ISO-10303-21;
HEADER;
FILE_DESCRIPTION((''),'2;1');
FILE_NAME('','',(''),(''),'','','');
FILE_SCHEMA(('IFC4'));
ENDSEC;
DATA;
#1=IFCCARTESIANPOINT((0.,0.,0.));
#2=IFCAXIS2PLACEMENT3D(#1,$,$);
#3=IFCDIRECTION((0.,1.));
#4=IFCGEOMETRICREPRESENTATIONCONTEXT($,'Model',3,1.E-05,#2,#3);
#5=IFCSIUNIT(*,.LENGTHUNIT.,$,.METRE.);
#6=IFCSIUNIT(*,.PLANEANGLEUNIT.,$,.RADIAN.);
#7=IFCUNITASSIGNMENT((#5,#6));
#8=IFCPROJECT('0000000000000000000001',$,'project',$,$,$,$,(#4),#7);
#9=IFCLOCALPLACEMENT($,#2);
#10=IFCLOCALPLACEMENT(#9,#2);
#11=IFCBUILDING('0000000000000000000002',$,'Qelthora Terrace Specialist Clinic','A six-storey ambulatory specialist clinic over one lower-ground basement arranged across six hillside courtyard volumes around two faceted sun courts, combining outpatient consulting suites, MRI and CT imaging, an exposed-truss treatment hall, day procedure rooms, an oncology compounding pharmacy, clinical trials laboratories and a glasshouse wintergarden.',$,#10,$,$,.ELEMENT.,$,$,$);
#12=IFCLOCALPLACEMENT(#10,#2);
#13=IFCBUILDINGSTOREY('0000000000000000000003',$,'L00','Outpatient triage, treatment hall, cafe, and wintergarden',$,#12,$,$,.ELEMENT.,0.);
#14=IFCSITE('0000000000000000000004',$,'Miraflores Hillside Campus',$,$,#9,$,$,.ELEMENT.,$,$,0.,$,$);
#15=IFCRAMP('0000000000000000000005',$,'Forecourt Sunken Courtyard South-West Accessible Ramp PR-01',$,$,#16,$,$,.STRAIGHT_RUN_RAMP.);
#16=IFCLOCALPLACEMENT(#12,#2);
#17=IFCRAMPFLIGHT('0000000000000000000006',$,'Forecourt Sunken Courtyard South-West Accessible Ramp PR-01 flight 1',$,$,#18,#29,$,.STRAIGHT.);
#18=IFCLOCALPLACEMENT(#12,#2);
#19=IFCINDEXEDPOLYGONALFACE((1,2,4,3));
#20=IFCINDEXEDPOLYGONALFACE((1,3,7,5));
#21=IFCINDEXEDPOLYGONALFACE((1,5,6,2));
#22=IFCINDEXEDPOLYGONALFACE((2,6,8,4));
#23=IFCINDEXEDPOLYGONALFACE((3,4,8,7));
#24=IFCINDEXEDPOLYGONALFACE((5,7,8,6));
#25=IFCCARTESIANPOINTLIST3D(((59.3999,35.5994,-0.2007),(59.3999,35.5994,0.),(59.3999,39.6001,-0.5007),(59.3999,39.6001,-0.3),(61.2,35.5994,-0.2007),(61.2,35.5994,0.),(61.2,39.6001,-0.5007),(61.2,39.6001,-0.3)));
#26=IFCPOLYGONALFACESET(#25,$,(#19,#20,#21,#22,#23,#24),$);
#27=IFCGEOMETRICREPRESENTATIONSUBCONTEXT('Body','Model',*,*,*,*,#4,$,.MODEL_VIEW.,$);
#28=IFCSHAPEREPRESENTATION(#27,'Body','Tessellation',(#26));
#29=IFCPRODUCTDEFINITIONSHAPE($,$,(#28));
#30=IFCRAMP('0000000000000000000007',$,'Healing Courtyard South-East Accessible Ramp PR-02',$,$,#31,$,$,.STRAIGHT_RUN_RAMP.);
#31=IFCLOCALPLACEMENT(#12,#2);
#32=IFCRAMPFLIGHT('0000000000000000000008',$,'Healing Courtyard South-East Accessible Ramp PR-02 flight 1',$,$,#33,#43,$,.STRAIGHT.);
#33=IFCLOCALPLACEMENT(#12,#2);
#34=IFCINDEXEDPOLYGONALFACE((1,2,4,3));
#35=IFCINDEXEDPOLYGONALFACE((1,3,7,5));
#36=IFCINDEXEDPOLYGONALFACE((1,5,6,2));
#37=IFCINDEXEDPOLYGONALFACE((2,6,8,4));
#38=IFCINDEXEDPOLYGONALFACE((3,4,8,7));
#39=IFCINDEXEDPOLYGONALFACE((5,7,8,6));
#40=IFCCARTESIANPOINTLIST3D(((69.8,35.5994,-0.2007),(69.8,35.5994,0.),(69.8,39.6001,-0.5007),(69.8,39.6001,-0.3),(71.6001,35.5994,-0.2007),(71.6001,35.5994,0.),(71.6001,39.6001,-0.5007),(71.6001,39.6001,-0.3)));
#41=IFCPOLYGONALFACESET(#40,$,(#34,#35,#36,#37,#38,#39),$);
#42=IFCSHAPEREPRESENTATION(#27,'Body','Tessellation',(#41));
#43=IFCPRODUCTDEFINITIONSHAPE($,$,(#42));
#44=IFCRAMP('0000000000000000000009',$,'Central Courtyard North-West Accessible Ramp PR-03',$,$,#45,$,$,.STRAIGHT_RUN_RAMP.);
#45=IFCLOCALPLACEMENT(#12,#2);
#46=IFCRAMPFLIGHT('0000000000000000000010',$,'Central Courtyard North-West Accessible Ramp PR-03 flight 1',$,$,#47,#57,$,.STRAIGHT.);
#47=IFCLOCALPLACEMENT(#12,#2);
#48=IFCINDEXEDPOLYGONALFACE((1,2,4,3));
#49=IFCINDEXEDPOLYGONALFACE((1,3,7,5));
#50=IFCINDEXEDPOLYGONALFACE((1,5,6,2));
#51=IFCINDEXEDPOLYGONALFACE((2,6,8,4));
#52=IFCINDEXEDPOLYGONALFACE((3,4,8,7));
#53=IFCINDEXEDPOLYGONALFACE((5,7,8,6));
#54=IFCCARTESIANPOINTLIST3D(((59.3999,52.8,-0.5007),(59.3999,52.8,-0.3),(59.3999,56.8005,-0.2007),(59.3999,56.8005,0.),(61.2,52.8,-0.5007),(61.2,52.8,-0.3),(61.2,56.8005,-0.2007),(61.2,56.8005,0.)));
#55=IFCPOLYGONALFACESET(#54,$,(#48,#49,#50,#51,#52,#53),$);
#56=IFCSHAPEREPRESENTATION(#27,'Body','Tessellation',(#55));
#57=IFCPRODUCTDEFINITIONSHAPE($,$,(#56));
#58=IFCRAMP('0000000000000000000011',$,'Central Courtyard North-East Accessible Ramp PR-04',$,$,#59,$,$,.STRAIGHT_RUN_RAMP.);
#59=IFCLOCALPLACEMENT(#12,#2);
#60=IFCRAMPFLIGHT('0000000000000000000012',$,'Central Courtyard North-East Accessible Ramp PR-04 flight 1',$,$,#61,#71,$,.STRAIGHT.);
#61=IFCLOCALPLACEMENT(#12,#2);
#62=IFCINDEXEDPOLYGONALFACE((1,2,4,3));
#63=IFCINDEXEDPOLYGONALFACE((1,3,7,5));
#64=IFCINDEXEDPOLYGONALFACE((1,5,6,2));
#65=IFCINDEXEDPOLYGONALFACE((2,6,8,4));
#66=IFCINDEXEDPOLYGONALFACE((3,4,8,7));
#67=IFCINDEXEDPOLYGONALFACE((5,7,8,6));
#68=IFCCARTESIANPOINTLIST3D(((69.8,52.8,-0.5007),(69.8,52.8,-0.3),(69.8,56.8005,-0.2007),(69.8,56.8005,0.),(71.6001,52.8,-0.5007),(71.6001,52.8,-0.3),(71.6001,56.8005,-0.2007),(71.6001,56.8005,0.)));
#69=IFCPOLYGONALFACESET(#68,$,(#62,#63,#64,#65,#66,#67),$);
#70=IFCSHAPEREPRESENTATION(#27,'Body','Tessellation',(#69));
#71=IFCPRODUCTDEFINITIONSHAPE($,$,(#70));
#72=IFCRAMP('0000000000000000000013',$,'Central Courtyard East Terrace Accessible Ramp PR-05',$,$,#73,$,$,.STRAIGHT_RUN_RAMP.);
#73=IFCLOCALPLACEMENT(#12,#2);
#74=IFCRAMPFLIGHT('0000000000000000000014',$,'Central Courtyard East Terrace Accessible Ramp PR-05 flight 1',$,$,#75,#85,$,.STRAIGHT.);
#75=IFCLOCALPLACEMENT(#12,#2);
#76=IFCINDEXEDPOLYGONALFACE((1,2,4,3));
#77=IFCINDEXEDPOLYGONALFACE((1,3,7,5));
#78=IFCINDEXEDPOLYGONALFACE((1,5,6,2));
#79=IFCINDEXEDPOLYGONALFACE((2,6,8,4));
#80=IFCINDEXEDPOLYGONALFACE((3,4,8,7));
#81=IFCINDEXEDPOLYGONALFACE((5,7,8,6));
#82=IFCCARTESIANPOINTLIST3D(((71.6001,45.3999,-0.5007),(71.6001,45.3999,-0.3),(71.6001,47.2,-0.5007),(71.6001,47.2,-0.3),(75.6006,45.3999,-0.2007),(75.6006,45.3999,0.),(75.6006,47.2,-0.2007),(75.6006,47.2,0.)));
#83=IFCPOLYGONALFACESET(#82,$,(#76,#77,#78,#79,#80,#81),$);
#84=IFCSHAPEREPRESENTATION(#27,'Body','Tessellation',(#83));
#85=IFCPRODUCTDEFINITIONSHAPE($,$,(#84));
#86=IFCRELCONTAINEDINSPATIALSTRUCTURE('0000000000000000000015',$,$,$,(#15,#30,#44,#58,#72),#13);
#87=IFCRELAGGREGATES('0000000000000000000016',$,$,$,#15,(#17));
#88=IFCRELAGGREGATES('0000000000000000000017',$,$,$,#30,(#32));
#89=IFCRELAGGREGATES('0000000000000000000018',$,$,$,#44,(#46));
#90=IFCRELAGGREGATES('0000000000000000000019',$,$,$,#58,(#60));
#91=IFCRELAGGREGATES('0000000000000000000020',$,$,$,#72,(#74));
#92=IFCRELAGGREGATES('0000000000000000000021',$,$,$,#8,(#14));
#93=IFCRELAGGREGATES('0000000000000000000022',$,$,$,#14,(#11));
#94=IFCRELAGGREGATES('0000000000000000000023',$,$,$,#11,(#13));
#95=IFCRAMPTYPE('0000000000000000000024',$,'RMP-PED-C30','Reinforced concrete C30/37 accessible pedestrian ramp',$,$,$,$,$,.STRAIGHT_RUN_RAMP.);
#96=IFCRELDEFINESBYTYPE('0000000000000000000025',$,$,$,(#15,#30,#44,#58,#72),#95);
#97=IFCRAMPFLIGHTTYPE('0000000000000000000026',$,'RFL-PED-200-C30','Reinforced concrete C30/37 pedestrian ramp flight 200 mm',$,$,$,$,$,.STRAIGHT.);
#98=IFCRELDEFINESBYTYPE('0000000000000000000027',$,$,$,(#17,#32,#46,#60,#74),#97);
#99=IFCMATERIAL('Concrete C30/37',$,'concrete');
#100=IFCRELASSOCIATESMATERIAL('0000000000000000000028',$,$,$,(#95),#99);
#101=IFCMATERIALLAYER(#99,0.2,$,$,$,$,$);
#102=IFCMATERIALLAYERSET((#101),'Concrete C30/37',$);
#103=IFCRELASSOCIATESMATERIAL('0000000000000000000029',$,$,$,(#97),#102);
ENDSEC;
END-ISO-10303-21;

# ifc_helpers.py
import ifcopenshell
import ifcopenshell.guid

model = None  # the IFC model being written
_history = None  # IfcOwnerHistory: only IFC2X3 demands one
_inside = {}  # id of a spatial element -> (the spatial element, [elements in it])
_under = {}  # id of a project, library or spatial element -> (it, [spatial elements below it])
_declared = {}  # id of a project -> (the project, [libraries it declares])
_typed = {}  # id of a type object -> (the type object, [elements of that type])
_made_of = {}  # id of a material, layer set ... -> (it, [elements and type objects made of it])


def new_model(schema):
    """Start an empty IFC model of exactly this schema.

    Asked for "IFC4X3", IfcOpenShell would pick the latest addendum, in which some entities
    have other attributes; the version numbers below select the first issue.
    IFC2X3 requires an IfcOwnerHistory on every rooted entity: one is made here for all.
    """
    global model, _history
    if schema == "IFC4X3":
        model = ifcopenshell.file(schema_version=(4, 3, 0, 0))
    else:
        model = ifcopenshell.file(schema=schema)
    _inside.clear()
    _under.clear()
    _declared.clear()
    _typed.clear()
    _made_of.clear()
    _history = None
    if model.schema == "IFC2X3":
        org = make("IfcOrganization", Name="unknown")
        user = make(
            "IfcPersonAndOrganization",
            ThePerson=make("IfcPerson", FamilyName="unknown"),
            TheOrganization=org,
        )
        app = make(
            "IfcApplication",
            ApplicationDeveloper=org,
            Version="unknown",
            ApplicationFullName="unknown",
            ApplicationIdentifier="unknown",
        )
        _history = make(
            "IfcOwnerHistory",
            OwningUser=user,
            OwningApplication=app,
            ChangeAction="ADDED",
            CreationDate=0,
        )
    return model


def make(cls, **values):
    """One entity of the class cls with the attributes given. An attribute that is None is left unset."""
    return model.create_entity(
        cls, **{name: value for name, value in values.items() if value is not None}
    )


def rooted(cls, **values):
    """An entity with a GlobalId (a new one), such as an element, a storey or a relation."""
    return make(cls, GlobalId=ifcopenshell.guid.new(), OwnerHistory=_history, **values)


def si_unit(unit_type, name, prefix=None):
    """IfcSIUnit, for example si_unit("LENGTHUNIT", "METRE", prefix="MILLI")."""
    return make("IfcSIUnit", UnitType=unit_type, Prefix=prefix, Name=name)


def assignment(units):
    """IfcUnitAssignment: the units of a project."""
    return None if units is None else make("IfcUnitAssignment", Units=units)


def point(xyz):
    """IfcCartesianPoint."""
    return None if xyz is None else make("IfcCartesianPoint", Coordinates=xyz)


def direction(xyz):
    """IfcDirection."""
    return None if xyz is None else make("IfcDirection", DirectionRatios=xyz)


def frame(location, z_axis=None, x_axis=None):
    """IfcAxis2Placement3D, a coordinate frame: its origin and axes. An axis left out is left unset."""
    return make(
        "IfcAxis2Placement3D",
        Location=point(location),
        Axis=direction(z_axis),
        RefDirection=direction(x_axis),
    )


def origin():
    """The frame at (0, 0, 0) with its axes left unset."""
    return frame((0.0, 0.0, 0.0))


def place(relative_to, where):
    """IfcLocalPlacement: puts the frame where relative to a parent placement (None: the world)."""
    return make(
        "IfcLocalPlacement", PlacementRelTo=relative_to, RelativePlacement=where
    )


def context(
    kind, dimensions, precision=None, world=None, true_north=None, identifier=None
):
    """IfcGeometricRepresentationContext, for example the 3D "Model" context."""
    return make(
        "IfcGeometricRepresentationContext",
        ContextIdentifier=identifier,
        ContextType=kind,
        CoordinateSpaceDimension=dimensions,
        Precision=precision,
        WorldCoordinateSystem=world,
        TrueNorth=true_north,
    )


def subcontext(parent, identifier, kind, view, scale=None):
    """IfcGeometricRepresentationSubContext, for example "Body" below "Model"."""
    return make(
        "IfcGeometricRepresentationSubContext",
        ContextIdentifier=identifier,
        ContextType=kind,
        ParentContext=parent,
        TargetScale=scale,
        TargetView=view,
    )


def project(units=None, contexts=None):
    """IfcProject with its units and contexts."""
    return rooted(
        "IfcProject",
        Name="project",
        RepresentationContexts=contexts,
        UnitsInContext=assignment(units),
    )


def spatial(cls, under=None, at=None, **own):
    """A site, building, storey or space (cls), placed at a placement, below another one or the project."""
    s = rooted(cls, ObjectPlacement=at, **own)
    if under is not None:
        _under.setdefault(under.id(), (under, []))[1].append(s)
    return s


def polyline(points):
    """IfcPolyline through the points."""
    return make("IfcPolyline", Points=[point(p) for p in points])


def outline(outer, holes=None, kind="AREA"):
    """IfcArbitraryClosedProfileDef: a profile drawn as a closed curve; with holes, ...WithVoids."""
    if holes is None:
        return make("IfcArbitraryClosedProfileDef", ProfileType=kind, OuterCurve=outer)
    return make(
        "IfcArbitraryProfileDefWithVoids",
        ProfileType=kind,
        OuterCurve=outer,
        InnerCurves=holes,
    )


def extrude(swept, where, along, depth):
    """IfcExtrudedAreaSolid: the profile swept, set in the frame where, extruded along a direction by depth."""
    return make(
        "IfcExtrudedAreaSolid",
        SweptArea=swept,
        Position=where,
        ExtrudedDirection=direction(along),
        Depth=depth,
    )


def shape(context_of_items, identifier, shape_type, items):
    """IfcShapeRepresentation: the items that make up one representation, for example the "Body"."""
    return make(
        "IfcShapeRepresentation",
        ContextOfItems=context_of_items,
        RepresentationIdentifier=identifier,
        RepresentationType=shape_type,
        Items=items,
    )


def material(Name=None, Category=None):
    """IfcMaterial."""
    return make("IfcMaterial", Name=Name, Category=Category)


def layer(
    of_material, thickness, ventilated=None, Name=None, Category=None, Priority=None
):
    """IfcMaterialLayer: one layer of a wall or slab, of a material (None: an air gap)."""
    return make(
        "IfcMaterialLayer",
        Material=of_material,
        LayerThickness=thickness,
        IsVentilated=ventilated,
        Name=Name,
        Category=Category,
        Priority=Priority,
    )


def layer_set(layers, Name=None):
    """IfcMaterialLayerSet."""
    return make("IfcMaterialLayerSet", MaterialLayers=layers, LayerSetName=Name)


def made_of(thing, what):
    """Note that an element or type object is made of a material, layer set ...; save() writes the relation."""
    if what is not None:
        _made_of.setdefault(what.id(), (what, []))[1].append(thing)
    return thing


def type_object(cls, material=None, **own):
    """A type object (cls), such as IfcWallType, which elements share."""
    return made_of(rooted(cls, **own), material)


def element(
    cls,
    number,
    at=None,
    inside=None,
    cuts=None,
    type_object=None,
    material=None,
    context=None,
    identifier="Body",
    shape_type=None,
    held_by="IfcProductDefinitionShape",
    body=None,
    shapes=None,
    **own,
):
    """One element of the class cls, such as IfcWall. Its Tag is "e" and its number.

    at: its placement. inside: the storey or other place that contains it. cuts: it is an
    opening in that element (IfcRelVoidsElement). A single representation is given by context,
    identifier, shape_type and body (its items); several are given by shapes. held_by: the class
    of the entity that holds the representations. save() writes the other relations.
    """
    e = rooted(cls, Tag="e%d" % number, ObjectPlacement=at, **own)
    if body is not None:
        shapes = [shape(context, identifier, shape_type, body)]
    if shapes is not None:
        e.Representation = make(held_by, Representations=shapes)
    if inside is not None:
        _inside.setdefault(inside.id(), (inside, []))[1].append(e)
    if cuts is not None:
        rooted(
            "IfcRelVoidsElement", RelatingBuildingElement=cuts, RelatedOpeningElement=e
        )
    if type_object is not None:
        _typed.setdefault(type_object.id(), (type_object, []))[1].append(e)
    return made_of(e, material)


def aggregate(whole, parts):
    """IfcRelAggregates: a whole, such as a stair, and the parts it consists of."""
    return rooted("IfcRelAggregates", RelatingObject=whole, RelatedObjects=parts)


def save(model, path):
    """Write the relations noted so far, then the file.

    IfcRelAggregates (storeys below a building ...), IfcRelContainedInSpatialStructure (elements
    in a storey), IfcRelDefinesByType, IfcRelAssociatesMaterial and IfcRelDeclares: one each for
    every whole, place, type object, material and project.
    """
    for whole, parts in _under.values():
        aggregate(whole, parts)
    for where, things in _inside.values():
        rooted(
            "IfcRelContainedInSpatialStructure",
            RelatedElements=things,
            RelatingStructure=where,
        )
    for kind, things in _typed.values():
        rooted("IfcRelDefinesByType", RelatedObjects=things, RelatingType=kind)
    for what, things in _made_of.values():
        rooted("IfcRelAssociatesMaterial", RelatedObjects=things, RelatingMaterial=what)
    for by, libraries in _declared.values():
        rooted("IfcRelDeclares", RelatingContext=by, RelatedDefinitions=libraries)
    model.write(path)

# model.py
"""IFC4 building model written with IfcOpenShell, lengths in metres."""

from ifc_helpers import new_model, si_unit, direction, frame, origin, place, context, subcontext, project, spatial, polyline, outline, extrude, material, layer, layer_set, type_object, element, aggregate, save


model = new_model("IFC4")

# Units and contexts
model_context = context("Model", 3, precision=1e-05, world=origin(), true_north=direction((0.0, 1.0)))
body_context = subcontext(model_context, "Body", "Model", "MODEL_VIEW")
ifc_project = project(units=[si_unit("LENGTHUNIT", "METRE"), si_unit("PLANEANGLEUNIT", "RADIAN")], contexts=[model_context])

# Site, building, storey
site_placement = place(None, origin())
site = spatial("IfcSite", under=ifc_project, at=site_placement, Name="Miraflores Hillside Campus", CompositionType="ELEMENT", RefElevation=0.0)
building_placement = place(site_placement, origin())
building = spatial("IfcBuilding", under=site, at=building_placement, Name="Qelthora Terrace Specialist Clinic", Description="A six-storey ambulatory specialist clinic over one lower-ground basement arranged across six hillside courtyard volumes around two faceted sun courts, combining outpatient consulting suites, MRI and CT imaging, an exposed-truss treatment hall, day procedure rooms, an oncology compounding pharmacy, clinical trials laboratories and a glasshouse wintergarden.", CompositionType="ELEMENT")
storey_placement = place(building_placement, origin())
storey = spatial("IfcBuildingStorey", under=building, at=storey_placement, Name="L00", Description="Outpatient triage, treatment hall, cafe, and wintergarden", CompositionType="ELEMENT", Elevation=0.0)

# Ramps, ramp flights
ifc_material_1 = material(Name="Concrete C30/37", Category="concrete")
ramp_type = type_object("IfcRampType", Name="RMP-PED-C30", Description="Reinforced concrete C30/37 accessible pedestrian ramp", PredefinedType="STRAIGHT_RUN_RAMP", material=ifc_material_1)
ramp_1_placement = place(storey_placement, origin())
ramp_1 = element("IfcRamp", 1, at=ramp_1_placement, inside=storey, type_object=ramp_type, Name="Forecourt Sunken Courtyard South-West Accessible Ramp PR-01", PredefinedType="STRAIGHT_RUN_RAMP")
ifc_layer_1 = layer(ifc_material_1, 0.2)
ifc_layer_set_1 = layer_set([ifc_layer_1], Name="Concrete C30/37")
ramp_flight_type = type_object("IfcRampFlightType", Name="RFL-PED-200-C30", Description="Reinforced concrete C30/37 pedestrian ramp flight 200 mm", PredefinedType="STRAIGHT", material=ifc_layer_set_1)
ramp_flight_1_placement = place(storey_placement, frame((59.3999, 39.6001, -0.5007), z_axis=(0.0, 0.074788, 0.997199), x_axis=(0.0, -0.997199, 0.074788)))
ramp_flight_1 = element("IfcRampFlight", 2, at=ramp_flight_1_placement, type_object=ramp_flight_type, Name="Forecourt Sunken Courtyard South-West Accessible Ramp PR-01 flight 1", PredefinedType="STRAIGHT", context=body_context, shape_type="SweptSolid", body=[
    extrude(outline(polyline([(0.0, 0.0), (4.012, 0.0), (4.012, 1.8), (0.0, 1.8), (0.0, 0.0)])), origin(), (0.074788, 0.0, 0.997199), 0.2007),
])
aggregate(ramp_1, [ramp_flight_1])
ramp_2_placement = place(storey_placement, origin())
ramp_2 = element("IfcRamp", 3, at=ramp_2_placement, inside=storey, type_object=ramp_type, Name="Healing Courtyard South-East Accessible Ramp PR-02", PredefinedType="STRAIGHT_RUN_RAMP")
ramp_flight_2_placement = place(storey_placement, frame((69.8, 39.6001, -0.5007), z_axis=(0.0, 0.074788, 0.997199), x_axis=(0.0, -0.997199, 0.074788)))
ramp_flight_2 = element("IfcRampFlight", 4, at=ramp_flight_2_placement, type_object=ramp_flight_type, Name="Healing Courtyard South-East Accessible Ramp PR-02 flight 1", PredefinedType="STRAIGHT", context=body_context, shape_type="SweptSolid", body=[
    extrude(outline(polyline([(0.0, 0.0), (4.012, 0.0), (4.012, 1.8), (0.0, 1.8), (0.0, 0.0)])), origin(), (0.074788, 0.0, 0.997199), 0.2007),
])
aggregate(ramp_2, [ramp_flight_2])
ramp_3_placement = place(storey_placement, origin())
ramp_3 = element("IfcRamp", 5, at=ramp_3_placement, inside=storey, type_object=ramp_type, Name="Central Courtyard North-West Accessible Ramp PR-03", PredefinedType="STRAIGHT_RUN_RAMP")
ramp_flight_3_placement = place(storey_placement, frame((59.3999, 52.8, -0.5007), z_axis=(0.0, -0.074793, 0.997199), x_axis=(1.0, 0.0, 0.0)))
ramp_flight_3 = element("IfcRampFlight", 6, at=ramp_flight_3_placement, type_object=ramp_flight_type, Name="Central Courtyard North-West Accessible Ramp PR-03 flight 1", PredefinedType="STRAIGHT", context=body_context, shape_type="SweptSolid", body=[
    extrude(outline(polyline([(0.0, 0.0), (1.8, 0.0), (1.8, 4.0117), (0.0, 4.0117), (0.0, 0.0)])), origin(), (0.0, 0.074793, 0.997199), 0.2007),
])
aggregate(ramp_3, [ramp_flight_3])
ramp_4_placement = place(storey_placement, origin())
ramp_4 = element("IfcRamp", 7, at=ramp_4_placement, inside=storey, type_object=ramp_type, Name="Central Courtyard North-East Accessible Ramp PR-04", PredefinedType="STRAIGHT_RUN_RAMP")
ramp_flight_4_placement = place(storey_placement, frame((69.8, 52.8, -0.5007), z_axis=(0.0, -0.074793, 0.997199), x_axis=(1.0, 0.0, 0.0)))
ramp_flight_4 = element("IfcRampFlight", 8, at=ramp_flight_4_placement, type_object=ramp_flight_type, Name="Central Courtyard North-East Accessible Ramp PR-04 flight 1", PredefinedType="STRAIGHT", context=body_context, shape_type="SweptSolid", body=[
    extrude(outline(polyline([(0.0, 0.0), (1.8, 0.0), (1.8, 4.0117), (0.0, 4.0117), (0.0, 0.0)])), origin(), (0.0, 0.074793, 0.997199), 0.2007),
])
aggregate(ramp_4, [ramp_flight_4])
ramp_5_placement = place(storey_placement, origin())
ramp_5 = element("IfcRamp", 9, at=ramp_5_placement, inside=storey, type_object=ramp_type, Name="Central Courtyard East Terrace Accessible Ramp PR-05", PredefinedType="STRAIGHT_RUN_RAMP")
ramp_flight_5_placement = place(storey_placement, frame((71.6001, 45.3999, -0.5007), z_axis=(-0.074793, 0.0, 0.997199), x_axis=(0.997199, 0.0, 0.074793)))
ramp_flight_5 = element("IfcRampFlight", 10, at=ramp_flight_5_placement, type_object=ramp_flight_type, Name="Central Courtyard East Terrace Accessible Ramp PR-05 flight 1", PredefinedType="STRAIGHT", context=body_context, shape_type="SweptSolid", body=[
    extrude(outline(polyline([(0.0, 0.0), (4.0117, 0.0), (4.0117, 1.8), (0.0, 1.8), (0.0, 0.0)])), origin(), (0.074793, 0.0, 0.997199), 0.2007),
])
aggregate(ramp_5, [ramp_flight_5])

save(model, "model.ifc")
